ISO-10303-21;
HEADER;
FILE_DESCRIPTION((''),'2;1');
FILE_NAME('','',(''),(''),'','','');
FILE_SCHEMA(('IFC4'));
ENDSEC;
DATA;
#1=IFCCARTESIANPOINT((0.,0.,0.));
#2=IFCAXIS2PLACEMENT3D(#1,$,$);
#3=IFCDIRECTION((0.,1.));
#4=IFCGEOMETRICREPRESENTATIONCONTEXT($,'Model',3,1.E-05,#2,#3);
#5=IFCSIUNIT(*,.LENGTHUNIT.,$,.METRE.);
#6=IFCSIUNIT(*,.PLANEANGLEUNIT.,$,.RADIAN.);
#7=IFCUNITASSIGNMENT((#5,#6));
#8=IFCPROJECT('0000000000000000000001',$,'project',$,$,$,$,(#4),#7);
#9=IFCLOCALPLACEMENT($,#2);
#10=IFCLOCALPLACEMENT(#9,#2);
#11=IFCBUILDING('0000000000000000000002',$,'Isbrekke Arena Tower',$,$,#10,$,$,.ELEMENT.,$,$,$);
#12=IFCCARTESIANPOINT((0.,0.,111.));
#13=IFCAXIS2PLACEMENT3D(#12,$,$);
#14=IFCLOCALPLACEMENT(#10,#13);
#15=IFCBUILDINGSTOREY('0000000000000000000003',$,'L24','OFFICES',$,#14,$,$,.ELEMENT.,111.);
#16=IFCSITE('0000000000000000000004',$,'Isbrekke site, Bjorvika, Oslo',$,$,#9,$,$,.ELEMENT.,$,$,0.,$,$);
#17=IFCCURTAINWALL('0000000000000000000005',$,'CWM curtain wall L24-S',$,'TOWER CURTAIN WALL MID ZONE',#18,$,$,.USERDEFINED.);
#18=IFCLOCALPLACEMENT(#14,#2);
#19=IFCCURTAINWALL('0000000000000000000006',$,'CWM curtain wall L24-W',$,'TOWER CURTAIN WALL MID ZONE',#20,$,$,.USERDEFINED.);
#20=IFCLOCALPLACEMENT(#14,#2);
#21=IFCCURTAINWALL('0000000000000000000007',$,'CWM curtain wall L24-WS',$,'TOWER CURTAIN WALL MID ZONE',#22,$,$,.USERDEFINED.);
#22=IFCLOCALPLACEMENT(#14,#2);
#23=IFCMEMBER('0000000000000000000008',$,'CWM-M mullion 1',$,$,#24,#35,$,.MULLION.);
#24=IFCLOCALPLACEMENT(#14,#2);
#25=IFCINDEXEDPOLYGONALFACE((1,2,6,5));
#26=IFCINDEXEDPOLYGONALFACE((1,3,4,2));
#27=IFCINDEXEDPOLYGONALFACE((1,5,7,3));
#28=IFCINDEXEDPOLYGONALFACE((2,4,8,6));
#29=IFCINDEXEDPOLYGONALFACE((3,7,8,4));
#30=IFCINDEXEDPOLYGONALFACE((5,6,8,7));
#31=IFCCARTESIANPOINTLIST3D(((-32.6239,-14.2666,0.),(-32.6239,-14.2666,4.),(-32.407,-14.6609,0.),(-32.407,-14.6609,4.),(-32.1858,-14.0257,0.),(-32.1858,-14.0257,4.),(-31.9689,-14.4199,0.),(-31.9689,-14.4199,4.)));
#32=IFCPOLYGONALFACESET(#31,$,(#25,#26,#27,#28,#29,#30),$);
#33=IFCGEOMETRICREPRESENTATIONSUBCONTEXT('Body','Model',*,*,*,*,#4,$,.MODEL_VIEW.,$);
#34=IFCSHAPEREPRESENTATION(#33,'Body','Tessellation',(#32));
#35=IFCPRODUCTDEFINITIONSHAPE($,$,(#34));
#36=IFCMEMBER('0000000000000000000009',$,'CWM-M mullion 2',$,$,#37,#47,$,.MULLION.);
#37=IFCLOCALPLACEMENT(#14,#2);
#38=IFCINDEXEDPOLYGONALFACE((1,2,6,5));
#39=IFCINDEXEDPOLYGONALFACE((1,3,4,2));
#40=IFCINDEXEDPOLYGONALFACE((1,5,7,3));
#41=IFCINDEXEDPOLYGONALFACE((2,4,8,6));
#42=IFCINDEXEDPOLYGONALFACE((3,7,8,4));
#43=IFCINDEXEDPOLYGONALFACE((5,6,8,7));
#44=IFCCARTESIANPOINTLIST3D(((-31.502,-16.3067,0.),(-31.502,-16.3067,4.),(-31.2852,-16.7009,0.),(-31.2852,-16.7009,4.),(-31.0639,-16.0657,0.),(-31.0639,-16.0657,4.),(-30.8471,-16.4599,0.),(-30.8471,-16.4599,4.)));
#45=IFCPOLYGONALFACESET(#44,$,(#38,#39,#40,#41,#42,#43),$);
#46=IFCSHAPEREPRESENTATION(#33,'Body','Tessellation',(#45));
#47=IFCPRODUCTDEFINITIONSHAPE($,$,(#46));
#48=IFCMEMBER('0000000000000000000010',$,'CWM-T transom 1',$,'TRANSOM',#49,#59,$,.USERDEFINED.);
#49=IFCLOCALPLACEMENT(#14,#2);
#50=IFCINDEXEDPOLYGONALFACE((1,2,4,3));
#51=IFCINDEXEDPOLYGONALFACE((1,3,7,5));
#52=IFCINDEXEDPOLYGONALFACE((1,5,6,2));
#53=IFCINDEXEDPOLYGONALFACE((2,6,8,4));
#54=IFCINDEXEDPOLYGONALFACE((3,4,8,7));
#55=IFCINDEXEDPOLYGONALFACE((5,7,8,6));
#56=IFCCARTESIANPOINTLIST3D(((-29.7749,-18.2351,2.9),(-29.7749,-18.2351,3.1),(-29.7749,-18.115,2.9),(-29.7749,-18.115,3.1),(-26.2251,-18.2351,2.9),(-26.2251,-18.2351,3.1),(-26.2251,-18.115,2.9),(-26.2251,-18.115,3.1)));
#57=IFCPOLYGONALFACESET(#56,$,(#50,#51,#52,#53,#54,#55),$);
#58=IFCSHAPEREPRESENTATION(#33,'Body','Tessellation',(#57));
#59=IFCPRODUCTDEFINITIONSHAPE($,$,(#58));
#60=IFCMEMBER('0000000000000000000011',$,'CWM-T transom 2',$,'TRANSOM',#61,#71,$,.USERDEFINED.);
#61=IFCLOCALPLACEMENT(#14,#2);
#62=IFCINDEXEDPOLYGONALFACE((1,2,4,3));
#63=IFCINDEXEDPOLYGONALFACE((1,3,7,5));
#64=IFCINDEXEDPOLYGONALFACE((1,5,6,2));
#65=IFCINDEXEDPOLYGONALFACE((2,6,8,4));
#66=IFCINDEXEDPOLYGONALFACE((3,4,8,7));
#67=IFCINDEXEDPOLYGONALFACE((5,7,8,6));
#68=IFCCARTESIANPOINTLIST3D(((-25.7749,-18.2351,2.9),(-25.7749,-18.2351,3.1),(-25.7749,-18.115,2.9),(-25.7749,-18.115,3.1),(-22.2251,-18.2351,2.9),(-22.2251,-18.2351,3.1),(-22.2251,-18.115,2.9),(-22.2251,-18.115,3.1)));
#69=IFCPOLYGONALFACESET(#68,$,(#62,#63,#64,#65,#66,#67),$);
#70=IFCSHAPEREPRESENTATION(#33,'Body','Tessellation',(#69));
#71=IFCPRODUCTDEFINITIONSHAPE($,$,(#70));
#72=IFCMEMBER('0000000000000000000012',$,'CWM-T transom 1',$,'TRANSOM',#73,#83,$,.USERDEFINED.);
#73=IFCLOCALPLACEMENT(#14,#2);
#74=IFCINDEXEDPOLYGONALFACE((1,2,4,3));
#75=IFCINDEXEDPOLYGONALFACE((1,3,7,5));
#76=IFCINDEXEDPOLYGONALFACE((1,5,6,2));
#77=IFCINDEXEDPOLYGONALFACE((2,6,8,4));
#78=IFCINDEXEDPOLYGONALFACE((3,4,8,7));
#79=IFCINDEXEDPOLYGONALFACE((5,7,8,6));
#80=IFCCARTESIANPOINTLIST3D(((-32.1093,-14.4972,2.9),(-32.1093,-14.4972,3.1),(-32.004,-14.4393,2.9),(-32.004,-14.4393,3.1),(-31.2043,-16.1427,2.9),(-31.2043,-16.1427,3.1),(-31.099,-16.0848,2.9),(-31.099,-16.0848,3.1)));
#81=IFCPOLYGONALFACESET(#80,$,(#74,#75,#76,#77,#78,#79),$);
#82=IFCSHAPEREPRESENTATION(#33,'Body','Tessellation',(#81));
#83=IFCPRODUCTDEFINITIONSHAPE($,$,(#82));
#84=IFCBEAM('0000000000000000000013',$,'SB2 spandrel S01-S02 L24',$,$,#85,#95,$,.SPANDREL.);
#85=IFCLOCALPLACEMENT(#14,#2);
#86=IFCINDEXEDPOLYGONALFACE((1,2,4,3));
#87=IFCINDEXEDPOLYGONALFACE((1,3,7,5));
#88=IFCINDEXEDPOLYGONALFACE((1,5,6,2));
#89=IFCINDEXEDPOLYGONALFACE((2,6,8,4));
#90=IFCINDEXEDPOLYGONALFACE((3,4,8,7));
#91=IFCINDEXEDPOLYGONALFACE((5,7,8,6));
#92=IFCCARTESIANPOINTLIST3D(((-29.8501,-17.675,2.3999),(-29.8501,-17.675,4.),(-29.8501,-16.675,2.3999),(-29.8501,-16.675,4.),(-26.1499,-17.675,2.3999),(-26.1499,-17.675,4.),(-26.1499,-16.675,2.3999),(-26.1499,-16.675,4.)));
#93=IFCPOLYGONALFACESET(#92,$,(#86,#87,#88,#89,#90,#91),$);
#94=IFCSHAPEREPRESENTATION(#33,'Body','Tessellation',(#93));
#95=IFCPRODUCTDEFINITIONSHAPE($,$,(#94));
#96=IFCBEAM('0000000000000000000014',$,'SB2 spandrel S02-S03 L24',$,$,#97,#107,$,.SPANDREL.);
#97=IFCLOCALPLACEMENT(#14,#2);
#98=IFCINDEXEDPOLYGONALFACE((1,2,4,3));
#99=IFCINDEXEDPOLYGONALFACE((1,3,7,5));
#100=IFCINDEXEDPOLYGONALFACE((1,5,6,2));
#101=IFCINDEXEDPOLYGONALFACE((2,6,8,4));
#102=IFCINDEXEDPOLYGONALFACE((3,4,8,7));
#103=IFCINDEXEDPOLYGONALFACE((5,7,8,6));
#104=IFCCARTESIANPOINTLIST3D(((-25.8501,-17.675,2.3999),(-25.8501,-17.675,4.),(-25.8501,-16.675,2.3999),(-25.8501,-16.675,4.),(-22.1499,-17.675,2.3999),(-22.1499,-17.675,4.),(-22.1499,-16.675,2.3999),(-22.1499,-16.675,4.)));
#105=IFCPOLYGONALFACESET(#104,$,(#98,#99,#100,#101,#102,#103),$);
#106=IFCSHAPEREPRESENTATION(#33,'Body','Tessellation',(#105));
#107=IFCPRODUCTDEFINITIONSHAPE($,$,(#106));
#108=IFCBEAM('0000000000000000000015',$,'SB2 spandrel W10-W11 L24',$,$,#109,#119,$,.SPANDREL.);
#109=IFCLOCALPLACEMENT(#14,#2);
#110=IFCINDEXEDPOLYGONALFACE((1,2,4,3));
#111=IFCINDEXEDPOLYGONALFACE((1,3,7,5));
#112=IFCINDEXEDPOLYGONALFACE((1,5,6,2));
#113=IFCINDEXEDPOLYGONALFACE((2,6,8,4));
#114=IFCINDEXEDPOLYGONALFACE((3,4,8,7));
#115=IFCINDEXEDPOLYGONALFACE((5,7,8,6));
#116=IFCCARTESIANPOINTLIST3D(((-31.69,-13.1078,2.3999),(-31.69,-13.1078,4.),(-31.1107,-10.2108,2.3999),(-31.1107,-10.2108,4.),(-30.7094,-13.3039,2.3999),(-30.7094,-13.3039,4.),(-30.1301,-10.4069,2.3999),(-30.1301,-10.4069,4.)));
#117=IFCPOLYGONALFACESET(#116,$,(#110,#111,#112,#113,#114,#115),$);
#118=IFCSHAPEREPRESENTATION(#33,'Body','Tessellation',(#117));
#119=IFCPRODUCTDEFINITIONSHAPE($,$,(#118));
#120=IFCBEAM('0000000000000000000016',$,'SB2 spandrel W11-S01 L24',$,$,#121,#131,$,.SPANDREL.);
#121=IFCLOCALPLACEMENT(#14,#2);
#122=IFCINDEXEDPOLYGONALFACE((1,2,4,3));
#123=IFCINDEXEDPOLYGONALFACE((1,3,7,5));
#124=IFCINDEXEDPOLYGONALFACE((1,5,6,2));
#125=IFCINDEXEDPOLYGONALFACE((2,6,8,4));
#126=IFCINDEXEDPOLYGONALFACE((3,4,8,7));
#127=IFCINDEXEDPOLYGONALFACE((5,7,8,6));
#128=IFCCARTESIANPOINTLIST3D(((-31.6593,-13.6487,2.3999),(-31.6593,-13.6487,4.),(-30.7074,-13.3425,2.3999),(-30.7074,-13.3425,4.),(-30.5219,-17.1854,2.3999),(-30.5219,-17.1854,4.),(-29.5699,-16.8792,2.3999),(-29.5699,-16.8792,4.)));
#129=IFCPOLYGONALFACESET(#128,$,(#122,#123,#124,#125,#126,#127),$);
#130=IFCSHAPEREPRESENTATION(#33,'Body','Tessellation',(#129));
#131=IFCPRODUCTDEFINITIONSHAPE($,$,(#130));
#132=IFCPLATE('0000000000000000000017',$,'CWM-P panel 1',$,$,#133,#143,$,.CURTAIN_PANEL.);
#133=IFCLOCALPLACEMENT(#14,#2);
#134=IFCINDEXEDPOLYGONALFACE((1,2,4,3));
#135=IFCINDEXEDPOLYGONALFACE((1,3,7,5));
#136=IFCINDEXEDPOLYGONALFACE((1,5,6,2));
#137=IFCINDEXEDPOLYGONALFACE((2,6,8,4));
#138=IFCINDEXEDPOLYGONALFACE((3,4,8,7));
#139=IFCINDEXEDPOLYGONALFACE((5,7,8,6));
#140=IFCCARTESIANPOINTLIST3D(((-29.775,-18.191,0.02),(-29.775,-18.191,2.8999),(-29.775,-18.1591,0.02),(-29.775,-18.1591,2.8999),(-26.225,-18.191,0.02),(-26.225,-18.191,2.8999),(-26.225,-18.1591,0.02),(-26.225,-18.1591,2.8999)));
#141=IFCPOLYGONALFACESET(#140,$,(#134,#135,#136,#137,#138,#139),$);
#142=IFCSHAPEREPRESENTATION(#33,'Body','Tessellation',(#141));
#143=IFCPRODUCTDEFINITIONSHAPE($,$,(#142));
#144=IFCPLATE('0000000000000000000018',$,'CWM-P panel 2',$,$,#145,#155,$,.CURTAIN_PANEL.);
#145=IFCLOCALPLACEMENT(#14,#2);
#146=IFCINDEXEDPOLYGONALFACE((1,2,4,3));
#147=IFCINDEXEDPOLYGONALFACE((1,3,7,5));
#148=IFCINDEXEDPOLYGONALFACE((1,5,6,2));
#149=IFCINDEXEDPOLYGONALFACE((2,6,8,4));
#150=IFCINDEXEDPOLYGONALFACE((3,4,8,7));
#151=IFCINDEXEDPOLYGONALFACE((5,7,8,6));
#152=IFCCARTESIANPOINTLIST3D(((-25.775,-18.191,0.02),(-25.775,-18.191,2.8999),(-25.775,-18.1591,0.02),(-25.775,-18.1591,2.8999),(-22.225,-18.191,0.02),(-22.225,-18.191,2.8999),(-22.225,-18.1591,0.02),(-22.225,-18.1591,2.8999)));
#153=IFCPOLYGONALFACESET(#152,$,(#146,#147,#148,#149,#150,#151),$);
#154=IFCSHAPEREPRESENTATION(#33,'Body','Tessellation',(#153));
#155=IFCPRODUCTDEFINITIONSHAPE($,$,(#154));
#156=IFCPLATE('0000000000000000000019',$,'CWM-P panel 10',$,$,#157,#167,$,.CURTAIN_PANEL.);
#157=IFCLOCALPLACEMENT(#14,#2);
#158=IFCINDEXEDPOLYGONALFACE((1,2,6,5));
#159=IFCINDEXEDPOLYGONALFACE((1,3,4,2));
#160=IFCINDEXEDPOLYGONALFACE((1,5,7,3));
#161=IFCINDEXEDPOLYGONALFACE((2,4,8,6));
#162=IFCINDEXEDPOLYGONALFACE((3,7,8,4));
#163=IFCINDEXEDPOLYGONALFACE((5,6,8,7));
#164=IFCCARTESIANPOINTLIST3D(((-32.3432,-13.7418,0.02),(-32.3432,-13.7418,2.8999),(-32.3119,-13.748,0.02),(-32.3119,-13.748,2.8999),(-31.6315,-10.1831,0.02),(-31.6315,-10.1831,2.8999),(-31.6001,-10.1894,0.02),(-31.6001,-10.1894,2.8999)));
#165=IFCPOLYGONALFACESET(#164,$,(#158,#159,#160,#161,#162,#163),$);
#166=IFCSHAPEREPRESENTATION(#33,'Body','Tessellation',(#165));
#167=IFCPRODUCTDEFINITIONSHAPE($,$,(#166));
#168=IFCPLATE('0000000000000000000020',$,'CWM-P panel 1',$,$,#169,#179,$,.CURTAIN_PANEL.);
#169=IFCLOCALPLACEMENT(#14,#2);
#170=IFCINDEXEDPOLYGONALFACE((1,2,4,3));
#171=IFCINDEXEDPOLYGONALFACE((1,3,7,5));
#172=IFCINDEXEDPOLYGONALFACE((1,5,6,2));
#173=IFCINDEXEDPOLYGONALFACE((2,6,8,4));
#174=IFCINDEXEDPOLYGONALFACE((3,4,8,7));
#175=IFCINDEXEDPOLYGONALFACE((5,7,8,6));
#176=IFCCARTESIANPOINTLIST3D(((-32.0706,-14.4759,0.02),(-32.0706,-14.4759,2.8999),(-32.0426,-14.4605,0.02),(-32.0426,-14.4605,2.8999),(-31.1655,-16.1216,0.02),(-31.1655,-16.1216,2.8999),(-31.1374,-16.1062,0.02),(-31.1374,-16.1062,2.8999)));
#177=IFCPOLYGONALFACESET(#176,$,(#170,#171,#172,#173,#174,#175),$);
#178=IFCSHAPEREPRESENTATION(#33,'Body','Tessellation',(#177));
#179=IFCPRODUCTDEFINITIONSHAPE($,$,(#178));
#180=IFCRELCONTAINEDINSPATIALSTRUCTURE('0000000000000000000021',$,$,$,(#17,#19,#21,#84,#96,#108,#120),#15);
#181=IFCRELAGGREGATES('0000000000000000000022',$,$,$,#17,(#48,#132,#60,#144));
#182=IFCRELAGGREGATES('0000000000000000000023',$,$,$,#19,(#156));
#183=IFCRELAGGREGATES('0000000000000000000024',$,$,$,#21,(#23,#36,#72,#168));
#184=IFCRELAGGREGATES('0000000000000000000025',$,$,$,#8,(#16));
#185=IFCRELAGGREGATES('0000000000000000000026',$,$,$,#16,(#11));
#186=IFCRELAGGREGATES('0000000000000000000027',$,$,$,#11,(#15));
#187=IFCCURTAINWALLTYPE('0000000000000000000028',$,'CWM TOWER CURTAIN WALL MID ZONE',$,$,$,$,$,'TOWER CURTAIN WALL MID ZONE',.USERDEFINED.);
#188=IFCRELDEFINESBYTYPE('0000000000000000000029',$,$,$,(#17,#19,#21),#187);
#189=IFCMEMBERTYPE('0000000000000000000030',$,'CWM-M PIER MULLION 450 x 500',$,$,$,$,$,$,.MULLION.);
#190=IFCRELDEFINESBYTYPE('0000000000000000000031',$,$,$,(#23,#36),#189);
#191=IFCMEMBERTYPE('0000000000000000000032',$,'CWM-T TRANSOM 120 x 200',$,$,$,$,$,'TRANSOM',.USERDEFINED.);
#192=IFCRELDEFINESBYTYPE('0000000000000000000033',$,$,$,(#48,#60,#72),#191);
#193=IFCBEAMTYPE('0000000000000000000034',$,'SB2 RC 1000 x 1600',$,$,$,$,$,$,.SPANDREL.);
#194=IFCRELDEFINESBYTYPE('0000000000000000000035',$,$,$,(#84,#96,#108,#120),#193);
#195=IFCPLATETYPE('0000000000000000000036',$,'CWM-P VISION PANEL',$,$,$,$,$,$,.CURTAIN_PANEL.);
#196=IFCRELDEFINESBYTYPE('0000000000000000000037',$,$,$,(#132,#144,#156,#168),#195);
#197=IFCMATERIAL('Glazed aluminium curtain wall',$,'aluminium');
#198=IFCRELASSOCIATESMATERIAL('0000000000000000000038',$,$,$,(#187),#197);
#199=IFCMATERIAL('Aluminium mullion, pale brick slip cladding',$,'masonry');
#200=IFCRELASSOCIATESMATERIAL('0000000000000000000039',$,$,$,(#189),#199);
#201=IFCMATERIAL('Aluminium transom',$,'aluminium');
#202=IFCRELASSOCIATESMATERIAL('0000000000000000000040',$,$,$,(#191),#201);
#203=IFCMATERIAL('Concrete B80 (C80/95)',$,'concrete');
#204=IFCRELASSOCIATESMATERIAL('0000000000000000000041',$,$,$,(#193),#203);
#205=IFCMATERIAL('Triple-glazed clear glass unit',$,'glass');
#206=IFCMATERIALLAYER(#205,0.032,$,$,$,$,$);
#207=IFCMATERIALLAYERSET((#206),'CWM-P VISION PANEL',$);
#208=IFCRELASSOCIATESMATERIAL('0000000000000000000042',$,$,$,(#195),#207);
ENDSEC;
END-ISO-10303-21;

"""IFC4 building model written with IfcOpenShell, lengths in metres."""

from ifc_helpers import new_model, si_unit, direction, frame, origin, origin_2d, place, context, subcontext, project, spatial, rectangle, extrude, material, layer, layer_set, material_profile, profile_set, type_object, element, aggregate, save


model = new_model("IFC4")

# Units and contexts
model_context = context("Model", 3, precision=1e-05, world=origin(), true_north=direction((0.0, 1.0)))
body_context = subcontext(model_context, "Body", "Model", "MODEL_VIEW")
ifc_project = project(units=[si_unit("LENGTHUNIT", "METRE"), si_unit("PLANEANGLEUNIT", "RADIAN")], contexts=[model_context])

# Site, building, storey
site_placement = place(None, origin())
site = spatial("IfcSite", under=ifc_project, at=site_placement, Name="Isbrekke site, Bjorvika, Oslo", CompositionType="ELEMENT", RefElevation=0.0)
building_placement = place(site_placement, origin())
building = spatial("IfcBuilding", under=site, at=building_placement, Name="Isbrekke Arena Tower", CompositionType="ELEMENT")
storey_placement = place(building_placement, frame((0.0, 0.0, 111.0)))
storey = spatial("IfcBuildingStorey", under=building, at=storey_placement, Name="L24", Description="OFFICES", CompositionType="ELEMENT", Elevation=111.0)

# Curtain wall
ifc_material_1 = material(Name="Glazed aluminium curtain wall", Category="aluminium")
curtain_wall_type = type_object("IfcCurtainWallType", Name="CWM TOWER CURTAIN WALL MID ZONE", ElementType="TOWER CURTAIN WALL MID ZONE", PredefinedType="USERDEFINED", material=ifc_material_1)
curtain_wall_1_placement = place(storey_placement, origin())
curtain_wall_1 = element("IfcCurtainWall", 1, at=curtain_wall_1_placement, inside=storey, type_object=curtain_wall_type, Name="CWM curtain wall L24-S", ObjectType="TOWER CURTAIN WALL MID ZONE", PredefinedType="USERDEFINED")
ifc_material_2 = material(Name="Aluminium mullion, pale brick slip cladding", Category="masonry")
ifc_material_profile_1 = material_profile(ifc_material_2, rectangle(XDim=0.45, YDim=0.5, at=origin_2d()), Name="PIER 450X500")
ifc_profile_set_1 = profile_set([ifc_material_profile_1], Name="Aluminium mullion, pale brick slip cladding")
member_type_1 = type_object("IfcMemberType", Name="CWM-M PIER MULLION 450 x 500", PredefinedType="MULLION", material=ifc_profile_set_1)

# Curtain wall
curtain_wall_2_placement = place(storey_placement, origin())
curtain_wall_2 = element("IfcCurtainWall", 2, at=curtain_wall_2_placement, inside=storey, type_object=curtain_wall_type, Name="CWM curtain wall L24-W", ObjectType="TOWER CURTAIN WALL MID ZONE", PredefinedType="USERDEFINED")

# Curtain wall, members
curtain_wall_3_placement = place(storey_placement, origin())
curtain_wall_3 = element("IfcCurtainWall", 3, at=curtain_wall_3_placement, inside=storey, type_object=curtain_wall_type, Name="CWM curtain wall L24-WS", ObjectType="TOWER CURTAIN WALL MID ZONE", PredefinedType="USERDEFINED")
member_1_placement = place(storey_placement, frame((-32.2964, -14.3433, 0.0), z_axis=(0.0, 0.0, 1.0), x_axis=(0.481919, -0.876216, 0.0)))
member_1 = element("IfcMember", 4, at=member_1_placement, type_object=member_type_1, Name="CWM-M mullion 1", PredefinedType="MULLION", context=body_context, shape_type="SweptSolid", body=[
    extrude(rectangle(XDim=0.45, YDim=0.5, at=origin_2d()), origin(), (0.0, 0.0, 1.0), 4.0),
])
member_2_placement = place(storey_placement, frame((-31.1746, -16.3833, 0.0), z_axis=(0.0, 0.0, 1.0), x_axis=(0.481919, -0.876216, 0.0)))
member_2 = element("IfcMember", 5, at=member_2_placement, type_object=member_type_1, Name="CWM-M mullion 2", PredefinedType="MULLION", context=body_context, shape_type="SweptSolid", body=[
    extrude(rectangle(XDim=0.45, YDim=0.5, at=origin_2d()), origin(), (0.0, 0.0, 1.0), 4.0),
])

# Members
ifc_material_3 = material(Name="Aluminium transom", Category="aluminium")
ifc_material_profile_2 = material_profile(ifc_material_3, rectangle(XDim=0.1201, YDim=0.2, at=origin_2d()), Name="TRANSOM 120X200")
ifc_profile_set_2 = profile_set([ifc_material_profile_2], Name="Aluminium transom")
member_type_2 = type_object("IfcMemberType", Name="CWM-T TRANSOM 120 x 200", ElementType="TRANSOM", PredefinedType="USERDEFINED", material=ifc_profile_set_2)
member_3_placement = place(storey_placement, frame((-29.7749, -18.175, 3.0), z_axis=(1.0, 0.0, 0.0), x_axis=(0.0, 1.0, 0.0)))
member_3 = element("IfcMember", 6, at=member_3_placement, type_object=member_type_2, Name="CWM-T transom 1", ObjectType="TRANSOM", PredefinedType="USERDEFINED", context=body_context, shape_type="SweptSolid", body=[
    extrude(rectangle(XDim=0.1201, YDim=0.2, at=origin_2d()), origin(), (0.0, 0.0, 1.0), 3.5498),
])
member_4_placement = place(storey_placement, frame((-25.7749, -18.175, 3.0), z_axis=(1.0, 0.0, 0.0), x_axis=(0.0, 1.0, 0.0)))
member_4 = element("IfcMember", 7, at=member_4_placement, type_object=member_type_2, Name="CWM-T transom 2", ObjectType="TRANSOM", PredefinedType="USERDEFINED", context=body_context, shape_type="SweptSolid", body=[
    extrude(rectangle(XDim=0.1201, YDim=0.2, at=origin_2d()), origin(), (0.0, 0.0, 1.0), 3.5498),
])
member_5_placement = place(storey_placement, frame((-32.0566, -14.4683, 3.0), z_axis=(0.481919, -0.876216, 0.0), x_axis=(0.876216, 0.481919, 0.0)))
member_5 = element("IfcMember", 8, at=member_5_placement, type_object=member_type_2, Name="CWM-T transom 1", ObjectType="TRANSOM", PredefinedType="USERDEFINED", context=body_context, shape_type="SweptSolid", body=[
    extrude(rectangle(XDim=0.1201, YDim=0.2, at=origin_2d()), origin(), (0.0, 0.0, 1.0), 1.8779),
])

# Beams
ifc_material_4 = material(Name="Concrete B80 (C80/95)", Category="concrete")
ifc_material_profile_3 = material_profile(ifc_material_4, rectangle(XDim=1.0, YDim=1.6001, at=origin_2d()), Name="RC 1000x1600")
ifc_profile_set_3 = profile_set([ifc_material_profile_3], Name="Concrete B80 (C80/95)")
beam_type_1 = type_object("IfcBeamType", Name="SB2 RC 1000 x 1600", PredefinedType="SPANDREL", material=ifc_profile_set_3)
for number, where, z_axis, x_axis, name in (
    (9, (-29.8501, -17.175, 3.2), (1.0, 0.0, 0.0), (0.0, 1.0, 0.0), "SB2 spandrel S01-S02 L24"),
    (10, (-25.8501, -17.175, 3.2), (1.0, 0.0, 0.0), (0.0, 1.0, 0.0), "SB2 spandrel S02-S03 L24"),
):
    element("IfcBeam", number, at=place(storey_placement, frame(where, z_axis=z_axis, x_axis=x_axis)), inside=storey, type_object=beam_type_1, Name=name, PredefinedType="SPANDREL", context=body_context, shape_type="SweptSolid", body=[
        extrude(rectangle(XDim=1.0, YDim=1.6001, at=origin_2d()), origin(), (0.0, 0.0, 1.0), 3.7002),
    ])
beam_1_placement = place(storey_placement, frame((-30.6204, -10.3088, 3.2), z_axis=(-0.1961, -0.980584, 0.0), x_axis=(0.980584, -0.1961, 0.0)))
element("IfcBeam", 11, at=beam_1_placement, inside=storey, type_object=beam_type_1, Name="SB2 spandrel W10-W11 L24", PredefinedType="SPANDREL", context=body_context, shape_type="SweptSolid", body=[
    extrude(rectangle(XDim=1.0, YDim=1.6001, at=origin_2d()), origin(), (0.0, 0.0, 1.0), 2.9543),
])
beam_2_placement = place(storey_placement, frame((-31.1833, -13.4956, 3.2), z_axis=(0.306175, -0.951975, 0.0), x_axis=(0.951975, 0.306175, 0.0)))
element("IfcBeam", 12, at=beam_2_placement, inside=storey, type_object=beam_type_1, Name="SB2 spandrel W11-S01 L24", PredefinedType="SPANDREL", context=body_context, shape_type="SweptSolid", body=[
    extrude(rectangle(XDim=1.0, YDim=1.6001, at=origin_2d()), origin(), (0.0, 0.0, 1.0), 3.7151),
])

# Plates
ifc_material_5 = material(Name="Triple-glazed clear glass unit", Category="glass")
ifc_layer_1 = layer(ifc_material_5, 0.032)
ifc_layer_set_1 = layer_set([ifc_layer_1], Name="CWM-P VISION PANEL")
plate_type = type_object("IfcPlateType", Name="CWM-P VISION PANEL", PredefinedType="CURTAIN_PANEL", material=ifc_layer_set_1)
plate_1_placement = place(storey_placement, frame((-28.0, -18.175, 0.02), z_axis=(0.0, 0.0, 1.0), x_axis=(1.0, 0.0, 0.0)))
plate_1 = element("IfcPlate", 13, at=plate_1_placement, type_object=plate_type, Name="CWM-P panel 1", PredefinedType="CURTAIN_PANEL", context=body_context, shape_type="SweptSolid", body=[
    extrude(rectangle(XDim=3.55, YDim=0.032, at=origin_2d()), origin(), (0.0, 0.0, 1.0), 2.8799),
])
plate_2_placement = place(storey_placement, frame((-24.0, -18.175, 0.02), z_axis=(0.0, 0.0, 1.0), x_axis=(1.0, 0.0, 0.0)))
plate_2 = element("IfcPlate", 14, at=plate_2_placement, type_object=plate_type, Name="CWM-P panel 2", PredefinedType="CURTAIN_PANEL", context=body_context, shape_type="SweptSolid", body=[
    extrude(rectangle(XDim=3.55, YDim=0.032, at=origin_2d()), origin(), (0.0, 0.0, 1.0), 2.8799),
])
aggregate(curtain_wall_1, [member_3, plate_1, member_4, plate_2])
plate_3_placement = place(storey_placement, frame((-31.9717, -11.9656, 0.02), z_axis=(0.0, 0.0, 1.0), x_axis=(-0.196116, -0.980581, 0.0)))
plate_3 = element("IfcPlate", 15, at=plate_3_placement, type_object=plate_type, Name="CWM-P panel 10", PredefinedType="CURTAIN_PANEL", context=body_context, shape_type="SweptSolid", body=[
    extrude(rectangle(XDim=3.6292, YDim=0.032, at=origin_2d()), origin(), (0.0, 0.0, 1.0), 2.8799),
])
aggregate(curtain_wall_2, [plate_3])
plate_4_placement = place(storey_placement, frame((-31.604, -15.291, 0.02), z_axis=(0.0, 0.0, 1.0), x_axis=(0.481919, -0.876216, 0.0)))
plate_4 = element("IfcPlate", 16, at=plate_4_placement, type_object=plate_type, Name="CWM-P panel 1", PredefinedType="CURTAIN_PANEL", context=body_context, shape_type="SweptSolid", body=[
    extrude(rectangle(XDim=1.8782, YDim=0.032, at=origin_2d()), origin(), (0.0, 0.0, 1.0), 2.8799),
])
aggregate(curtain_wall_3, [member_1, member_2, member_5, plate_4])

save(model, "model.ifc")
